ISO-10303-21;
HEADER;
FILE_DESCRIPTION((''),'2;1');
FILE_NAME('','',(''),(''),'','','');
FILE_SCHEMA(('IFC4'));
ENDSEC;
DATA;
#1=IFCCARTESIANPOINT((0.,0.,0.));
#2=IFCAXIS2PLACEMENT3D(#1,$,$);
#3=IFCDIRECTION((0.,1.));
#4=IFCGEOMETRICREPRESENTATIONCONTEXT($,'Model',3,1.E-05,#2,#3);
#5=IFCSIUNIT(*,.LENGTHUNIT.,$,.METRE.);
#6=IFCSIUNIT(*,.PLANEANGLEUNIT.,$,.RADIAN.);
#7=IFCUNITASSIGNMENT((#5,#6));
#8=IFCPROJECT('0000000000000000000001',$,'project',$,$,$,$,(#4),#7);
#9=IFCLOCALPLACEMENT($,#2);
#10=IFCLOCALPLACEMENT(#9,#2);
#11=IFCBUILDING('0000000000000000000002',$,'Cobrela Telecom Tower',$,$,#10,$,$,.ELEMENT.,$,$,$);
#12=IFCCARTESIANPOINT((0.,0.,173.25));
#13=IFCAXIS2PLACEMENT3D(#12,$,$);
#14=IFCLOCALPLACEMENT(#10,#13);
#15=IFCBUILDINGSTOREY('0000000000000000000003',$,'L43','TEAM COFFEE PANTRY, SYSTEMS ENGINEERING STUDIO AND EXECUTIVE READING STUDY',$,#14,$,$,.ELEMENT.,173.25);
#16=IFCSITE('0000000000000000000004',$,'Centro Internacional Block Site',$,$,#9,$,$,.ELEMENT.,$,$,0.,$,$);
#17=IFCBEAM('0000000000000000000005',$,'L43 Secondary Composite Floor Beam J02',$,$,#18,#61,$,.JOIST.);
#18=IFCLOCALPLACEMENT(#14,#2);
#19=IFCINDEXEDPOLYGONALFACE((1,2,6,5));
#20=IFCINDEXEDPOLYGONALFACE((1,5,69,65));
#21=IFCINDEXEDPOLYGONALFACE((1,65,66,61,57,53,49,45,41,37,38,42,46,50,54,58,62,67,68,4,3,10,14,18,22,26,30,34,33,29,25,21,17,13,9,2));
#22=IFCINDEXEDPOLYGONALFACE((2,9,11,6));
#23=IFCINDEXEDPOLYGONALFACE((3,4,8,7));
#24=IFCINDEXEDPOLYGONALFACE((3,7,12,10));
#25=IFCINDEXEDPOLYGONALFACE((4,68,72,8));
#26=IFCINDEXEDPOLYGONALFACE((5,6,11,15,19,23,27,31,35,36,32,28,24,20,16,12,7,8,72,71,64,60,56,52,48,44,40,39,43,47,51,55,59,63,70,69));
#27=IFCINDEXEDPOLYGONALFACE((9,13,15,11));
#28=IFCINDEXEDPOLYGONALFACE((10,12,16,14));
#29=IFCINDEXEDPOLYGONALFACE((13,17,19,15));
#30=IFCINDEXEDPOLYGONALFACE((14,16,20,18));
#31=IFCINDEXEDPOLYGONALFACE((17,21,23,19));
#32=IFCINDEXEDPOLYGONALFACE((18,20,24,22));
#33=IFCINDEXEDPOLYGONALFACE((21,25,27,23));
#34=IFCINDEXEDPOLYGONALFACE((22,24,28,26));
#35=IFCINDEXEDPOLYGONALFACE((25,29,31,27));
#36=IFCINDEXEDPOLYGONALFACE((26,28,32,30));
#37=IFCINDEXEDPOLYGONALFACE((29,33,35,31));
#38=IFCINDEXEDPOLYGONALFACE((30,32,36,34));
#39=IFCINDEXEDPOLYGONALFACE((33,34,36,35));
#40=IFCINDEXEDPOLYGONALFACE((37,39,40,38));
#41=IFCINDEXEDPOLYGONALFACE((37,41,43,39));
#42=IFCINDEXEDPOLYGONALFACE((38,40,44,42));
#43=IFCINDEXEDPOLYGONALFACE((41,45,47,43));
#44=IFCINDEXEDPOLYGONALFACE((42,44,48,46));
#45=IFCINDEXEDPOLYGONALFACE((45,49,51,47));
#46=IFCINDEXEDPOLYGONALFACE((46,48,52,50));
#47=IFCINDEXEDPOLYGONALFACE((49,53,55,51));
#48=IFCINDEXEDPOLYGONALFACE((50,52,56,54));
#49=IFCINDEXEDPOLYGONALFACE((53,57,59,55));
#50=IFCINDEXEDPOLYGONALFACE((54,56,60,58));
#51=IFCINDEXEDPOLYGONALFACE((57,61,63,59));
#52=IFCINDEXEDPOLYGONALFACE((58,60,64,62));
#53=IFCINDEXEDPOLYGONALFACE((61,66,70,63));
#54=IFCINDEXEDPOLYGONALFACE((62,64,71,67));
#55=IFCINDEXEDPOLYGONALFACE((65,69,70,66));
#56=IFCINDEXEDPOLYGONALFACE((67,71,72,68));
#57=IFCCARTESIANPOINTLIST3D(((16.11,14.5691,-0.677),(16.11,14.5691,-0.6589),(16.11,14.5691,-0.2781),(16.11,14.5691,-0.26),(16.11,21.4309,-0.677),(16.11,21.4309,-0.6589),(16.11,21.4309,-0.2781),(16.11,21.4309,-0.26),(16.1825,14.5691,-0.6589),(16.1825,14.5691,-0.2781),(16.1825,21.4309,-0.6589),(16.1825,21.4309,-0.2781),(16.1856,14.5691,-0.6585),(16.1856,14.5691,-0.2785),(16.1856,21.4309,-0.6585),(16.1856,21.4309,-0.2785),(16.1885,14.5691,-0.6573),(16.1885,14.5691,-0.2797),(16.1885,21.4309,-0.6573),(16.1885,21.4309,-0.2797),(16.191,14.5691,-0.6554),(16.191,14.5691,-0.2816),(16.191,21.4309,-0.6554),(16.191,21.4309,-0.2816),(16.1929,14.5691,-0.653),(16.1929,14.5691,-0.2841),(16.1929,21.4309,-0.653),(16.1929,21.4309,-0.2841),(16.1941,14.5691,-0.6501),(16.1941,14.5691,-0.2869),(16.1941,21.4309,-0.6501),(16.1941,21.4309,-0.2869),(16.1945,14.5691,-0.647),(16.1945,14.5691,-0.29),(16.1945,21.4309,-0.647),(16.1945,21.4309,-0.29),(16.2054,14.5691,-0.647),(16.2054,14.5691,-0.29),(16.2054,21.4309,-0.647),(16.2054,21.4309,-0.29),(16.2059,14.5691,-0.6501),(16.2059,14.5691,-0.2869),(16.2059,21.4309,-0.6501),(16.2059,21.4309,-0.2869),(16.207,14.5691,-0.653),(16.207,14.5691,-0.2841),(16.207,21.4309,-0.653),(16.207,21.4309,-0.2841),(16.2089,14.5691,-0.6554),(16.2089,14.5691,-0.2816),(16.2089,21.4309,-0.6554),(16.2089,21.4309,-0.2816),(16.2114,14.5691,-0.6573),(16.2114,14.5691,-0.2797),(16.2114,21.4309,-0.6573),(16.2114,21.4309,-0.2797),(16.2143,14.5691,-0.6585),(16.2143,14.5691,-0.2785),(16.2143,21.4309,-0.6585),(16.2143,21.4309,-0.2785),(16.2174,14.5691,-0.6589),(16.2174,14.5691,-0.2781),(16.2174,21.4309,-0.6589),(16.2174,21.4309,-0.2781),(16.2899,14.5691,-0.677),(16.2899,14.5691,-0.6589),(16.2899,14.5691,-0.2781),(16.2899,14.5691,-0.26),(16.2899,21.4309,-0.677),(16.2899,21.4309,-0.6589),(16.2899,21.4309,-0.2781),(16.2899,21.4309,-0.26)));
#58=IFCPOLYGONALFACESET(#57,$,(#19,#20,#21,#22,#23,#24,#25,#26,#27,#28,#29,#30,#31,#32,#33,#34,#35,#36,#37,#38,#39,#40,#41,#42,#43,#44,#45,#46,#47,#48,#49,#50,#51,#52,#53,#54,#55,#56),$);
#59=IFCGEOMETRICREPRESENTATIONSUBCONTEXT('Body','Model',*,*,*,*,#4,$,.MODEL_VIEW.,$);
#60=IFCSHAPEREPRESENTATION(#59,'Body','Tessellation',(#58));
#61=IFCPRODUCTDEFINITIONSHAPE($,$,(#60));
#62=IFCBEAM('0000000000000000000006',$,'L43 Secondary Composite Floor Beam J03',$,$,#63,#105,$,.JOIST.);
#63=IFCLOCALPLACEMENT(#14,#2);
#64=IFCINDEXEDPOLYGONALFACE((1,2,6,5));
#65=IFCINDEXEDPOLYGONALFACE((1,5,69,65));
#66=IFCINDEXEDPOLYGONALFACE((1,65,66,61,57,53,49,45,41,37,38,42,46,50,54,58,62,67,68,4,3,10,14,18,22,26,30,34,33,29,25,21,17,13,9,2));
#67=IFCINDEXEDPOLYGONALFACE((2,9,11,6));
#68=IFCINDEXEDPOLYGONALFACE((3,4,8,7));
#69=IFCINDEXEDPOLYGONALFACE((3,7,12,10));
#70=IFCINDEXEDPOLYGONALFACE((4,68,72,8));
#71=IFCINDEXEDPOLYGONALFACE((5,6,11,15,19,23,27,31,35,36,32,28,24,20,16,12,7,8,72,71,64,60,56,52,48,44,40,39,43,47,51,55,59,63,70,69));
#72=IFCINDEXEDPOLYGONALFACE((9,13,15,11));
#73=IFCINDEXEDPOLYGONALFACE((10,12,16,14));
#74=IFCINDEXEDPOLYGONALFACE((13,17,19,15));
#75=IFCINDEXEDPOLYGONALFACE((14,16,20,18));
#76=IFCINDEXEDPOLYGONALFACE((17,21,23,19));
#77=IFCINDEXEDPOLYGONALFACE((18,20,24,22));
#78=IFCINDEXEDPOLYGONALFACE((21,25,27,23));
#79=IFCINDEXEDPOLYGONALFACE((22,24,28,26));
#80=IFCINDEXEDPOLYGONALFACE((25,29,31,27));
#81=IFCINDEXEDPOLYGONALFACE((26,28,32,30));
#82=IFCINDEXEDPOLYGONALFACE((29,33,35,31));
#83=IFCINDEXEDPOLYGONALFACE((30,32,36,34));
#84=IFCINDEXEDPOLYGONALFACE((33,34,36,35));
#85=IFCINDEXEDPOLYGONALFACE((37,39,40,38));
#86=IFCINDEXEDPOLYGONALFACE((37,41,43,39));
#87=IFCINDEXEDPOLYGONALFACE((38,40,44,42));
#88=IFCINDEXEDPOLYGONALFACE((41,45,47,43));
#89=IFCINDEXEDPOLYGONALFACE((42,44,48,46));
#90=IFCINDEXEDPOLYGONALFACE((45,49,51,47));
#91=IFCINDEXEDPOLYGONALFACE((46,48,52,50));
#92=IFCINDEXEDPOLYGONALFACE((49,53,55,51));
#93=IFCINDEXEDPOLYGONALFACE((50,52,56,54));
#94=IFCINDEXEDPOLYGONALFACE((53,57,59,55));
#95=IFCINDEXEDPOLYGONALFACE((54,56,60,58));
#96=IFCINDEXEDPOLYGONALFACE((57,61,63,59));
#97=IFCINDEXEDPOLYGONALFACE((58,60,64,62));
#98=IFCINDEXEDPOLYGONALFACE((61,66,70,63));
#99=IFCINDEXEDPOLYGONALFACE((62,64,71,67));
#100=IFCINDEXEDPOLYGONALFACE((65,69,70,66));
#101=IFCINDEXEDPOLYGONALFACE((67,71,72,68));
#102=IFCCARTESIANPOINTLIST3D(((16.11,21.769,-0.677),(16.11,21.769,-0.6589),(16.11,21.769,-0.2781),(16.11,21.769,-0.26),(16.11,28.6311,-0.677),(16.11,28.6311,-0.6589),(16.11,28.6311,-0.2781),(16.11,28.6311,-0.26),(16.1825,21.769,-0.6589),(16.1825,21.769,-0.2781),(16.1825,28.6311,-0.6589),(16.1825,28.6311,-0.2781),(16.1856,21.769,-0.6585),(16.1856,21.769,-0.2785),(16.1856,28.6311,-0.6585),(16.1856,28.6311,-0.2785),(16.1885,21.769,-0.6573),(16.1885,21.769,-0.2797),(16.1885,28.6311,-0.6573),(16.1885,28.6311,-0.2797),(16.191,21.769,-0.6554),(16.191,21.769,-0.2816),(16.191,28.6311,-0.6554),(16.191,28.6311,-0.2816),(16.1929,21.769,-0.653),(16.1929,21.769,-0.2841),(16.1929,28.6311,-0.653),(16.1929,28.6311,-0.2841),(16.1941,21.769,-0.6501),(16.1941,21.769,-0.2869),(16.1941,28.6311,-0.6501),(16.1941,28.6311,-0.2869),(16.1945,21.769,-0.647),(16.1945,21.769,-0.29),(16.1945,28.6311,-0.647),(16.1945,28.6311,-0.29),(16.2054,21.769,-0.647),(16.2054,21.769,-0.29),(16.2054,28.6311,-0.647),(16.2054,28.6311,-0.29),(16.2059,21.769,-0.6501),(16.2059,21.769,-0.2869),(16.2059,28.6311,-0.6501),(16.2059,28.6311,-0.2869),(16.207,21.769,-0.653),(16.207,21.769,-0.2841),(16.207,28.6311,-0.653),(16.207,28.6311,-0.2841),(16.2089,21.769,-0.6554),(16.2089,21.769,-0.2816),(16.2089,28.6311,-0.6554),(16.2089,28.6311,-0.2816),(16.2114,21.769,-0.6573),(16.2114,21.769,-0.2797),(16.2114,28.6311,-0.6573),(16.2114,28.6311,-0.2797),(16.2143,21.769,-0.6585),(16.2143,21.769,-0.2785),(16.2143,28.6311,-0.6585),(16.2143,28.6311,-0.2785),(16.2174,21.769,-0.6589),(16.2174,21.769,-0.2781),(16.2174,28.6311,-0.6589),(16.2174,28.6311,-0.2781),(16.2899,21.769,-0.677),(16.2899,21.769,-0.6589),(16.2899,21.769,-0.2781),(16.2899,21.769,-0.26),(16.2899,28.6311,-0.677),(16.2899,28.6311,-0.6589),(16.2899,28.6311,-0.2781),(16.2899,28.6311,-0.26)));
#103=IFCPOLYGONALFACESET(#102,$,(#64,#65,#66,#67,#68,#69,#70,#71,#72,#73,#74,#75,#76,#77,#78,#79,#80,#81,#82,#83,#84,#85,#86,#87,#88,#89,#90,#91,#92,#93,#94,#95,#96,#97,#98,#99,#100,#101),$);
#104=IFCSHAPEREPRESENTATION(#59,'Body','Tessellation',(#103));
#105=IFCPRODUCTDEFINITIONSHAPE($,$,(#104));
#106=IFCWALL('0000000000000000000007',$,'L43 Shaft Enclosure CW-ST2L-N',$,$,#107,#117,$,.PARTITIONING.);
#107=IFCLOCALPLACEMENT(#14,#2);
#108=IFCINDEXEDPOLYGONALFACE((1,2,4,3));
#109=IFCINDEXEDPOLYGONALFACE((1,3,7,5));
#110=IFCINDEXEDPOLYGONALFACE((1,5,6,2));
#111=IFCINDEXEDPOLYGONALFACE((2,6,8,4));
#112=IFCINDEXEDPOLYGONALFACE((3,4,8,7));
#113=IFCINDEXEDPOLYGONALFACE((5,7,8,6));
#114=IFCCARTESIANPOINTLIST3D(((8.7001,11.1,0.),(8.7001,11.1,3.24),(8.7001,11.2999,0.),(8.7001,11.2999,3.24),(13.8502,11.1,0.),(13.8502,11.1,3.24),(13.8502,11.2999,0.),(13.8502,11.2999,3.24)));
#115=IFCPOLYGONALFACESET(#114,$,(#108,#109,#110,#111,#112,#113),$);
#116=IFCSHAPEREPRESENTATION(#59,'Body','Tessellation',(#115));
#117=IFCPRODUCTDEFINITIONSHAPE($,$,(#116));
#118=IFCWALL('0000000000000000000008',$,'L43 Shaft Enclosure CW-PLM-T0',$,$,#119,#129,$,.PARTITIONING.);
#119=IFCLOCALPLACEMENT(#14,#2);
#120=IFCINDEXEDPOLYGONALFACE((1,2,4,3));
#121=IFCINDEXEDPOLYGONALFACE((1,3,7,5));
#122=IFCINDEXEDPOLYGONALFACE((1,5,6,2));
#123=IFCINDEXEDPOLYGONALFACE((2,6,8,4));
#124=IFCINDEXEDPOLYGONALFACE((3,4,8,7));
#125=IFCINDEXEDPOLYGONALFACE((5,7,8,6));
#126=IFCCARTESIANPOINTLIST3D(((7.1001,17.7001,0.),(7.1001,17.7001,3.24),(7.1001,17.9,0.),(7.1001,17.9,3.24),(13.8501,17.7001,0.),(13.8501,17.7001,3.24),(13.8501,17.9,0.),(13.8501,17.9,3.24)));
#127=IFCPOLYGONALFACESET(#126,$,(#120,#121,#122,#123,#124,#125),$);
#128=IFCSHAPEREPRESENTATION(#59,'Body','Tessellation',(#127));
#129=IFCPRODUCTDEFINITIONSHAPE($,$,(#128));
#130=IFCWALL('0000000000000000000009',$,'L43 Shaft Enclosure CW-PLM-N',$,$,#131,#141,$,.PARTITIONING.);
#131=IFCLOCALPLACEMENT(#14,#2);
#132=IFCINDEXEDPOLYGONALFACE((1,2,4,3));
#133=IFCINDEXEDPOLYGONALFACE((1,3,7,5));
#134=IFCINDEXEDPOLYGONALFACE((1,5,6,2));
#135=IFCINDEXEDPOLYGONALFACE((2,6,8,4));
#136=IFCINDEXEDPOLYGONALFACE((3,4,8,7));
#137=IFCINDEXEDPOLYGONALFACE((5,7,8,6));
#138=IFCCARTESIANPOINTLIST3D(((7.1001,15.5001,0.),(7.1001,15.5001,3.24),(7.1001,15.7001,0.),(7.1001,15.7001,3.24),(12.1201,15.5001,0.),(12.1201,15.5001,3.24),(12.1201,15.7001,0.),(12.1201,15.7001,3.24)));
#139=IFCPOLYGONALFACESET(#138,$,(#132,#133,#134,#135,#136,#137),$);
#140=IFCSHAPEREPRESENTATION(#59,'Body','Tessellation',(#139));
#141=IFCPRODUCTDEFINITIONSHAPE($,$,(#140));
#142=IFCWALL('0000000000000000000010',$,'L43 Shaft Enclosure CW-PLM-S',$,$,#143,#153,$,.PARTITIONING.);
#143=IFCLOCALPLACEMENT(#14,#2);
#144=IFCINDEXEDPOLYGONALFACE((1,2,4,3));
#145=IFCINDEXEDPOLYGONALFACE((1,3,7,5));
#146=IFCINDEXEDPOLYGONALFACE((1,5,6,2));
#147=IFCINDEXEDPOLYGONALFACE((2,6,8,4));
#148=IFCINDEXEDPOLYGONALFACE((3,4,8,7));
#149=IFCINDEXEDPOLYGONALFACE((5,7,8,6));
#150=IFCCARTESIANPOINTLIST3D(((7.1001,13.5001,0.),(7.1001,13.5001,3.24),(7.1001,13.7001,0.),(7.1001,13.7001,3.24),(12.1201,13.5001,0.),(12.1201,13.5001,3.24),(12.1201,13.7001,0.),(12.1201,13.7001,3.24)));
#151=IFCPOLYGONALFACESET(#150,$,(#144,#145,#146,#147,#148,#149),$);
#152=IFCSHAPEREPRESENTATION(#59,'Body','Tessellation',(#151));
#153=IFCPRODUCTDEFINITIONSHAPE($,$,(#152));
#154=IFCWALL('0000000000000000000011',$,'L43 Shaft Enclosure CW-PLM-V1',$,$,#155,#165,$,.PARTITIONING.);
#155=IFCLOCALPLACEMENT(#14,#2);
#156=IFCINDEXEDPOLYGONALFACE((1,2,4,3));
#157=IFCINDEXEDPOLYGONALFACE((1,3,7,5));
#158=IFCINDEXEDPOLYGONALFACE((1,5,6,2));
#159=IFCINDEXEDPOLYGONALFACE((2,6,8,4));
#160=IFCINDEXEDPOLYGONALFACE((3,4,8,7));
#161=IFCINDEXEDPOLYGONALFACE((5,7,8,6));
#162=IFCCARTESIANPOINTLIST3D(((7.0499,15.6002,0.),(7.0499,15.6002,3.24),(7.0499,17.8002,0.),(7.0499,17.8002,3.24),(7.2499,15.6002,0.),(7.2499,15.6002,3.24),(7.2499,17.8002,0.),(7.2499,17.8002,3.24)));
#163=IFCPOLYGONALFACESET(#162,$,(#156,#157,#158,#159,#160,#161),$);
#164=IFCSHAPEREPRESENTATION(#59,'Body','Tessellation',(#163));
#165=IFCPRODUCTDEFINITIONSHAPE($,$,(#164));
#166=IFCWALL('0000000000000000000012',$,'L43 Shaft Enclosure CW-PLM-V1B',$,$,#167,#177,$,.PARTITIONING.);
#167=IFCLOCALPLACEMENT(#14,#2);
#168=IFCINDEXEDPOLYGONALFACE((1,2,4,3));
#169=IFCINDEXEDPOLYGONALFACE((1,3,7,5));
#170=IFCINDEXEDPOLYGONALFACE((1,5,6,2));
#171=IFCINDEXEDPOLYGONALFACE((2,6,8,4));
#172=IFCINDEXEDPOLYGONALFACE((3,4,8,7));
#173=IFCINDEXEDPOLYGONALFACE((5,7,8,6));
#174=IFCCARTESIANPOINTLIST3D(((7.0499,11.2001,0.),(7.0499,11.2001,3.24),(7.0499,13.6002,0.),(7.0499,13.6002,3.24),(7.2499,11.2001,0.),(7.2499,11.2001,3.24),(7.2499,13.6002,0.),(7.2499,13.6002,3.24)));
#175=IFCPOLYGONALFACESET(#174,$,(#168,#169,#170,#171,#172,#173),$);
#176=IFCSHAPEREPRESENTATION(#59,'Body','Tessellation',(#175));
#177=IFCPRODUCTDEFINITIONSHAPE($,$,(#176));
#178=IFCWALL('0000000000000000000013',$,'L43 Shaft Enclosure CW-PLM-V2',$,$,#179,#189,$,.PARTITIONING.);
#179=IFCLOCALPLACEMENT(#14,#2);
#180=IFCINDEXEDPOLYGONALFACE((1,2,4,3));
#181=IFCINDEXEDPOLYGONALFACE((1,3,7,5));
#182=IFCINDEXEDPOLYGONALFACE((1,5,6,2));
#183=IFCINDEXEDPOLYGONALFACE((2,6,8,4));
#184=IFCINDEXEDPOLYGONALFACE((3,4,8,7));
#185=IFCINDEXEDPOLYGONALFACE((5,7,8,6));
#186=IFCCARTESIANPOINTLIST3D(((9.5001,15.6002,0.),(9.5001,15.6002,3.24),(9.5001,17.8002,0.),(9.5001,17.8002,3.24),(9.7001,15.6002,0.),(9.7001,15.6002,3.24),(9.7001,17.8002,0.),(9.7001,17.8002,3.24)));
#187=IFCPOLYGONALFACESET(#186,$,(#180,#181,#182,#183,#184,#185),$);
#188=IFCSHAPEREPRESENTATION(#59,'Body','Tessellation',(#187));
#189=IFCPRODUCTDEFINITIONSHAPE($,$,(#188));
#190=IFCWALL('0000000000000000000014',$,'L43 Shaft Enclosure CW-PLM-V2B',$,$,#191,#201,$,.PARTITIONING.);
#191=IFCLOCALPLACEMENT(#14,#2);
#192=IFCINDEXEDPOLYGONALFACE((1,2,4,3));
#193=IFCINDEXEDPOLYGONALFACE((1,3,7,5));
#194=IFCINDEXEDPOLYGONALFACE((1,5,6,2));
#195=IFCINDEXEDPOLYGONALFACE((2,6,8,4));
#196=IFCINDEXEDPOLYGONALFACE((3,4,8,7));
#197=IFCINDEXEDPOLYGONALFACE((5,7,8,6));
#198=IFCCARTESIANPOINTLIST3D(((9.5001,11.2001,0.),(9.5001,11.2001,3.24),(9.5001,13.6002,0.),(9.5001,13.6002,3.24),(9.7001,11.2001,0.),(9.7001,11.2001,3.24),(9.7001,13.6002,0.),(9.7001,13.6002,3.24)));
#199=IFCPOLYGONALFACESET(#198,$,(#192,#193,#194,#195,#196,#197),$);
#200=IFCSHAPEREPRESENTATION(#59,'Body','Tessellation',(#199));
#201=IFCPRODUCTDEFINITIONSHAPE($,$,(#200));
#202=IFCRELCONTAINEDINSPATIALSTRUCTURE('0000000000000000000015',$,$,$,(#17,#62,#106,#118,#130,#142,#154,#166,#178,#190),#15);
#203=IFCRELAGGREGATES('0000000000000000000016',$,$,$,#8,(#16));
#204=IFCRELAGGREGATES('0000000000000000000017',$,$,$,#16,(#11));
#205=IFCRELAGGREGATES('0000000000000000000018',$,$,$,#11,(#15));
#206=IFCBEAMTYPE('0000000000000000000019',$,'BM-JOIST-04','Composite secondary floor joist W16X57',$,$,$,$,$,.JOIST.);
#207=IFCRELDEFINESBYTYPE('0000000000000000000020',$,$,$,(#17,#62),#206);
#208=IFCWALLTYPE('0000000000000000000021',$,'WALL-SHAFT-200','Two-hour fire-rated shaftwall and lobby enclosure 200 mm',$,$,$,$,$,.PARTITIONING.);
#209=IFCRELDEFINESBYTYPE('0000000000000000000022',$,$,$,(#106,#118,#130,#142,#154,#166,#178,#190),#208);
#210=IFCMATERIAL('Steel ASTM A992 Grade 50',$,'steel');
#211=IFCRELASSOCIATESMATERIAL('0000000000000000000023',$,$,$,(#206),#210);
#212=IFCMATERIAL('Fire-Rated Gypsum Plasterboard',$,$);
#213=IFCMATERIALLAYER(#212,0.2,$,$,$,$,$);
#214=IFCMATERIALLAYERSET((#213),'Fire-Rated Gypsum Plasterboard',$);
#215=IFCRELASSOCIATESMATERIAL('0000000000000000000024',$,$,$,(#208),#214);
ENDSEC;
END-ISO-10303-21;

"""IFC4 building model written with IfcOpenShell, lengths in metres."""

from ifc_helpers import new_model, si_unit, direction, frame, frame_2d, origin, origin_2d, place, context, subcontext, project, spatial, rectangle, i_section, extrude, material, layer, layer_set, material_profile, profile_set, type_object, element, save


model = new_model("IFC4")

# Units and contexts
model_context = context("Model", 3, precision=1e-05, world=origin(), true_north=direction((0.0, 1.0)))
body_context = subcontext(model_context, "Body", "Model", "MODEL_VIEW")
ifc_project = project(units=[si_unit("LENGTHUNIT", "METRE"), si_unit("PLANEANGLEUNIT", "RADIAN")], contexts=[model_context])

# Site, building, storey
site_placement = place(None, origin())
site = spatial("IfcSite", under=ifc_project, at=site_placement, Name="Centro Internacional Block Site", CompositionType="ELEMENT", RefElevation=0.0)
building_placement = place(site_placement, origin())
building = spatial("IfcBuilding", under=site, at=building_placement, Name="Cobrela Telecom Tower", CompositionType="ELEMENT")
storey_placement = place(building_placement, frame((0.0, 0.0, 173.25)))
storey = spatial("IfcBuildingStorey", under=building, at=storey_placement, Name="L43", Description="TEAM COFFEE PANTRY, SYSTEMS ENGINEERING STUDIO AND EXECUTIVE READING STUDY", CompositionType="ELEMENT", Elevation=173.25)

# Beams
ifc_material_1 = material(Name="Steel ASTM A992 Grade 50", Category="steel")
ifc_material_profile_1 = material_profile(ifc_material_1, i_section(OverallWidth=0.1799, OverallDepth=0.417, WebThickness=0.011, FlangeThickness=0.0181, FilletRadius=0.012, at=origin_2d()), Name="W16X57")
ifc_profile_set_1 = profile_set([ifc_material_profile_1], Name="Steel ASTM A992 Grade 50")
beam_type_1 = type_object("IfcBeamType", Name="BM-JOIST-04", Description="Composite secondary floor joist W16X57", PredefinedType="JOIST", material=ifc_profile_set_1)
beam_1_placement = place(storey_placement, frame((16.2, 14.5691, -0.4685), z_axis=(0.0, 1.0, 0.0), x_axis=(-1.0, 0.0, 0.0)))
element("IfcBeam", 1, at=beam_1_placement, inside=storey, type_object=beam_type_1, Name="L43 Secondary Composite Floor Beam J02", PredefinedType="JOIST", context=body_context, shape_type="SweptSolid", body=[
    extrude(i_section(OverallWidth=0.1799, OverallDepth=0.417, WebThickness=0.011, FlangeThickness=0.0181, FilletRadius=0.012, at=origin_2d()), origin(), (0.0, 0.0, 1.0), 6.8618),
])
beam_2_placement = place(storey_placement, frame((16.2, 21.769, -0.4685), z_axis=(0.0, 1.0, 0.0), x_axis=(-1.0, 0.0, 0.0)))
element("IfcBeam", 2, at=beam_2_placement, inside=storey, type_object=beam_type_1, Name="L43 Secondary Composite Floor Beam J03", PredefinedType="JOIST", context=body_context, shape_type="SweptSolid", body=[
    extrude(i_section(OverallWidth=0.1799, OverallDepth=0.417, WebThickness=0.011, FlangeThickness=0.0181, FilletRadius=0.012, at=origin_2d()), origin(), (0.0, 0.0, 1.0), 6.8621),
])

# Walls
ifc_material_2 = material(Name="Fire-Rated Gypsum Plasterboard")
ifc_layer = layer(ifc_material_2, 0.2)
ifc_layer_set = layer_set([ifc_layer], Name="Fire-Rated Gypsum Plasterboard")
wall_type = type_object("IfcWallType", Name="WALL-SHAFT-200", Description="Two-hour fire-rated shaftwall and lobby enclosure 200 mm", PredefinedType="PARTITIONING", material=ifc_layer_set)
wall_1_placement = place(storey_placement, frame((8.7, 11.2, 0.0), z_axis=(0.0, 0.0, 1.0), x_axis=(1.0, 0.0, 0.0)))
element("IfcWall", 3, at=wall_1_placement, inside=storey, type_object=wall_type, Name="L43 Shaft Enclosure CW-ST2L-N", PredefinedType="PARTITIONING", context=body_context, shape_type="SweptSolid", body=[
    extrude(rectangle(XDim=5.1501, YDim=0.2, at=frame_2d((2.5752, 0.0))), origin(), (0.0, 0.0, 1.0), 3.24),
])
wall_2_placement = place(storey_placement, frame((7.1001, 17.8, 0.0), z_axis=(0.0, 0.0, 1.0), x_axis=(1.0, 0.0, 0.0)))
element("IfcWall", 4, at=wall_2_placement, inside=storey, type_object=wall_type, Name="L43 Shaft Enclosure CW-PLM-T0", PredefinedType="PARTITIONING", context=body_context, shape_type="SweptSolid", body=[
    extrude(rectangle(XDim=6.75, YDim=0.2, at=frame_2d((3.375, 0.0))), origin(), (0.0, 0.0, 1.0), 3.24),
])
for number, where, z_axis, x_axis, name in (
    (5, (7.1001, 15.6001, 0.0), (0.0, 0.0, 1.0), (1.0, 0.0, 0.0), "L43 Shaft Enclosure CW-PLM-N"),
    (6, (7.1001, 13.6001, 0.0), (0.0, 0.0, 1.0), (1.0, 0.0, 0.0), "L43 Shaft Enclosure CW-PLM-S"),
):
    element("IfcWall", number, at=place(storey_placement, frame(where, z_axis=z_axis, x_axis=x_axis)), inside=storey, type_object=wall_type, Name=name, PredefinedType="PARTITIONING", context=body_context, shape_type="SweptSolid", body=[
        extrude(rectangle(XDim=5.02, YDim=0.2, at=frame_2d((2.51, 0.0))), origin(), (0.0, 0.0, 1.0), 3.24),
    ])
wall_3_placement = place(storey_placement, frame((7.1499, 15.6001, 0.0), z_axis=(0.0, 0.0, 1.0), x_axis=(0.0, 1.0, 0.0)))
element("IfcWall", 7, at=wall_3_placement, inside=storey, type_object=wall_type, Name="L43 Shaft Enclosure CW-PLM-V1", PredefinedType="PARTITIONING", context=body_context, shape_type="SweptSolid", body=[
    extrude(rectangle(XDim=2.2, YDim=0.2, at=frame_2d((1.1001, 0.0))), origin(), (0.0, 0.0, 1.0), 3.24),
])
wall_4_placement = place(storey_placement, frame((7.1499, 11.2, 0.0), z_axis=(0.0, 0.0, 1.0), x_axis=(0.0, 1.0, 0.0)))
element("IfcWall", 8, at=wall_4_placement, inside=storey, type_object=wall_type, Name="L43 Shaft Enclosure CW-PLM-V1B", PredefinedType="PARTITIONING", context=body_context, shape_type="SweptSolid", body=[
    extrude(rectangle(XDim=2.4001, YDim=0.2, at=frame_2d((1.2002, 0.0))), origin(), (0.0, 0.0, 1.0), 3.24),
])
wall_5_placement = place(storey_placement, frame((9.6001, 15.6001, 0.0), z_axis=(0.0, 0.0, 1.0), x_axis=(0.0, 1.0, 0.0)))
element("IfcWall", 9, at=wall_5_placement, inside=storey, type_object=wall_type, Name="L43 Shaft Enclosure CW-PLM-V2", PredefinedType="PARTITIONING", context=body_context, shape_type="SweptSolid", body=[
    extrude(rectangle(XDim=2.2, YDim=0.2, at=frame_2d((1.1001, 0.0))), origin(), (0.0, 0.0, 1.0), 3.24),
])
wall_6_placement = place(storey_placement, frame((9.6001, 11.2, 0.0), z_axis=(0.0, 0.0, 1.0), x_axis=(0.0, 1.0, 0.0)))
element("IfcWall", 10, at=wall_6_placement, inside=storey, type_object=wall_type, Name="L43 Shaft Enclosure CW-PLM-V2B", PredefinedType="PARTITIONING", context=body_context, shape_type="SweptSolid", body=[
    extrude(rectangle(XDim=2.4001, YDim=0.2, at=frame_2d((1.2002, 0.0))), origin(), (0.0, 0.0, 1.0), 3.24),
])

save(model, "model.ifc")
